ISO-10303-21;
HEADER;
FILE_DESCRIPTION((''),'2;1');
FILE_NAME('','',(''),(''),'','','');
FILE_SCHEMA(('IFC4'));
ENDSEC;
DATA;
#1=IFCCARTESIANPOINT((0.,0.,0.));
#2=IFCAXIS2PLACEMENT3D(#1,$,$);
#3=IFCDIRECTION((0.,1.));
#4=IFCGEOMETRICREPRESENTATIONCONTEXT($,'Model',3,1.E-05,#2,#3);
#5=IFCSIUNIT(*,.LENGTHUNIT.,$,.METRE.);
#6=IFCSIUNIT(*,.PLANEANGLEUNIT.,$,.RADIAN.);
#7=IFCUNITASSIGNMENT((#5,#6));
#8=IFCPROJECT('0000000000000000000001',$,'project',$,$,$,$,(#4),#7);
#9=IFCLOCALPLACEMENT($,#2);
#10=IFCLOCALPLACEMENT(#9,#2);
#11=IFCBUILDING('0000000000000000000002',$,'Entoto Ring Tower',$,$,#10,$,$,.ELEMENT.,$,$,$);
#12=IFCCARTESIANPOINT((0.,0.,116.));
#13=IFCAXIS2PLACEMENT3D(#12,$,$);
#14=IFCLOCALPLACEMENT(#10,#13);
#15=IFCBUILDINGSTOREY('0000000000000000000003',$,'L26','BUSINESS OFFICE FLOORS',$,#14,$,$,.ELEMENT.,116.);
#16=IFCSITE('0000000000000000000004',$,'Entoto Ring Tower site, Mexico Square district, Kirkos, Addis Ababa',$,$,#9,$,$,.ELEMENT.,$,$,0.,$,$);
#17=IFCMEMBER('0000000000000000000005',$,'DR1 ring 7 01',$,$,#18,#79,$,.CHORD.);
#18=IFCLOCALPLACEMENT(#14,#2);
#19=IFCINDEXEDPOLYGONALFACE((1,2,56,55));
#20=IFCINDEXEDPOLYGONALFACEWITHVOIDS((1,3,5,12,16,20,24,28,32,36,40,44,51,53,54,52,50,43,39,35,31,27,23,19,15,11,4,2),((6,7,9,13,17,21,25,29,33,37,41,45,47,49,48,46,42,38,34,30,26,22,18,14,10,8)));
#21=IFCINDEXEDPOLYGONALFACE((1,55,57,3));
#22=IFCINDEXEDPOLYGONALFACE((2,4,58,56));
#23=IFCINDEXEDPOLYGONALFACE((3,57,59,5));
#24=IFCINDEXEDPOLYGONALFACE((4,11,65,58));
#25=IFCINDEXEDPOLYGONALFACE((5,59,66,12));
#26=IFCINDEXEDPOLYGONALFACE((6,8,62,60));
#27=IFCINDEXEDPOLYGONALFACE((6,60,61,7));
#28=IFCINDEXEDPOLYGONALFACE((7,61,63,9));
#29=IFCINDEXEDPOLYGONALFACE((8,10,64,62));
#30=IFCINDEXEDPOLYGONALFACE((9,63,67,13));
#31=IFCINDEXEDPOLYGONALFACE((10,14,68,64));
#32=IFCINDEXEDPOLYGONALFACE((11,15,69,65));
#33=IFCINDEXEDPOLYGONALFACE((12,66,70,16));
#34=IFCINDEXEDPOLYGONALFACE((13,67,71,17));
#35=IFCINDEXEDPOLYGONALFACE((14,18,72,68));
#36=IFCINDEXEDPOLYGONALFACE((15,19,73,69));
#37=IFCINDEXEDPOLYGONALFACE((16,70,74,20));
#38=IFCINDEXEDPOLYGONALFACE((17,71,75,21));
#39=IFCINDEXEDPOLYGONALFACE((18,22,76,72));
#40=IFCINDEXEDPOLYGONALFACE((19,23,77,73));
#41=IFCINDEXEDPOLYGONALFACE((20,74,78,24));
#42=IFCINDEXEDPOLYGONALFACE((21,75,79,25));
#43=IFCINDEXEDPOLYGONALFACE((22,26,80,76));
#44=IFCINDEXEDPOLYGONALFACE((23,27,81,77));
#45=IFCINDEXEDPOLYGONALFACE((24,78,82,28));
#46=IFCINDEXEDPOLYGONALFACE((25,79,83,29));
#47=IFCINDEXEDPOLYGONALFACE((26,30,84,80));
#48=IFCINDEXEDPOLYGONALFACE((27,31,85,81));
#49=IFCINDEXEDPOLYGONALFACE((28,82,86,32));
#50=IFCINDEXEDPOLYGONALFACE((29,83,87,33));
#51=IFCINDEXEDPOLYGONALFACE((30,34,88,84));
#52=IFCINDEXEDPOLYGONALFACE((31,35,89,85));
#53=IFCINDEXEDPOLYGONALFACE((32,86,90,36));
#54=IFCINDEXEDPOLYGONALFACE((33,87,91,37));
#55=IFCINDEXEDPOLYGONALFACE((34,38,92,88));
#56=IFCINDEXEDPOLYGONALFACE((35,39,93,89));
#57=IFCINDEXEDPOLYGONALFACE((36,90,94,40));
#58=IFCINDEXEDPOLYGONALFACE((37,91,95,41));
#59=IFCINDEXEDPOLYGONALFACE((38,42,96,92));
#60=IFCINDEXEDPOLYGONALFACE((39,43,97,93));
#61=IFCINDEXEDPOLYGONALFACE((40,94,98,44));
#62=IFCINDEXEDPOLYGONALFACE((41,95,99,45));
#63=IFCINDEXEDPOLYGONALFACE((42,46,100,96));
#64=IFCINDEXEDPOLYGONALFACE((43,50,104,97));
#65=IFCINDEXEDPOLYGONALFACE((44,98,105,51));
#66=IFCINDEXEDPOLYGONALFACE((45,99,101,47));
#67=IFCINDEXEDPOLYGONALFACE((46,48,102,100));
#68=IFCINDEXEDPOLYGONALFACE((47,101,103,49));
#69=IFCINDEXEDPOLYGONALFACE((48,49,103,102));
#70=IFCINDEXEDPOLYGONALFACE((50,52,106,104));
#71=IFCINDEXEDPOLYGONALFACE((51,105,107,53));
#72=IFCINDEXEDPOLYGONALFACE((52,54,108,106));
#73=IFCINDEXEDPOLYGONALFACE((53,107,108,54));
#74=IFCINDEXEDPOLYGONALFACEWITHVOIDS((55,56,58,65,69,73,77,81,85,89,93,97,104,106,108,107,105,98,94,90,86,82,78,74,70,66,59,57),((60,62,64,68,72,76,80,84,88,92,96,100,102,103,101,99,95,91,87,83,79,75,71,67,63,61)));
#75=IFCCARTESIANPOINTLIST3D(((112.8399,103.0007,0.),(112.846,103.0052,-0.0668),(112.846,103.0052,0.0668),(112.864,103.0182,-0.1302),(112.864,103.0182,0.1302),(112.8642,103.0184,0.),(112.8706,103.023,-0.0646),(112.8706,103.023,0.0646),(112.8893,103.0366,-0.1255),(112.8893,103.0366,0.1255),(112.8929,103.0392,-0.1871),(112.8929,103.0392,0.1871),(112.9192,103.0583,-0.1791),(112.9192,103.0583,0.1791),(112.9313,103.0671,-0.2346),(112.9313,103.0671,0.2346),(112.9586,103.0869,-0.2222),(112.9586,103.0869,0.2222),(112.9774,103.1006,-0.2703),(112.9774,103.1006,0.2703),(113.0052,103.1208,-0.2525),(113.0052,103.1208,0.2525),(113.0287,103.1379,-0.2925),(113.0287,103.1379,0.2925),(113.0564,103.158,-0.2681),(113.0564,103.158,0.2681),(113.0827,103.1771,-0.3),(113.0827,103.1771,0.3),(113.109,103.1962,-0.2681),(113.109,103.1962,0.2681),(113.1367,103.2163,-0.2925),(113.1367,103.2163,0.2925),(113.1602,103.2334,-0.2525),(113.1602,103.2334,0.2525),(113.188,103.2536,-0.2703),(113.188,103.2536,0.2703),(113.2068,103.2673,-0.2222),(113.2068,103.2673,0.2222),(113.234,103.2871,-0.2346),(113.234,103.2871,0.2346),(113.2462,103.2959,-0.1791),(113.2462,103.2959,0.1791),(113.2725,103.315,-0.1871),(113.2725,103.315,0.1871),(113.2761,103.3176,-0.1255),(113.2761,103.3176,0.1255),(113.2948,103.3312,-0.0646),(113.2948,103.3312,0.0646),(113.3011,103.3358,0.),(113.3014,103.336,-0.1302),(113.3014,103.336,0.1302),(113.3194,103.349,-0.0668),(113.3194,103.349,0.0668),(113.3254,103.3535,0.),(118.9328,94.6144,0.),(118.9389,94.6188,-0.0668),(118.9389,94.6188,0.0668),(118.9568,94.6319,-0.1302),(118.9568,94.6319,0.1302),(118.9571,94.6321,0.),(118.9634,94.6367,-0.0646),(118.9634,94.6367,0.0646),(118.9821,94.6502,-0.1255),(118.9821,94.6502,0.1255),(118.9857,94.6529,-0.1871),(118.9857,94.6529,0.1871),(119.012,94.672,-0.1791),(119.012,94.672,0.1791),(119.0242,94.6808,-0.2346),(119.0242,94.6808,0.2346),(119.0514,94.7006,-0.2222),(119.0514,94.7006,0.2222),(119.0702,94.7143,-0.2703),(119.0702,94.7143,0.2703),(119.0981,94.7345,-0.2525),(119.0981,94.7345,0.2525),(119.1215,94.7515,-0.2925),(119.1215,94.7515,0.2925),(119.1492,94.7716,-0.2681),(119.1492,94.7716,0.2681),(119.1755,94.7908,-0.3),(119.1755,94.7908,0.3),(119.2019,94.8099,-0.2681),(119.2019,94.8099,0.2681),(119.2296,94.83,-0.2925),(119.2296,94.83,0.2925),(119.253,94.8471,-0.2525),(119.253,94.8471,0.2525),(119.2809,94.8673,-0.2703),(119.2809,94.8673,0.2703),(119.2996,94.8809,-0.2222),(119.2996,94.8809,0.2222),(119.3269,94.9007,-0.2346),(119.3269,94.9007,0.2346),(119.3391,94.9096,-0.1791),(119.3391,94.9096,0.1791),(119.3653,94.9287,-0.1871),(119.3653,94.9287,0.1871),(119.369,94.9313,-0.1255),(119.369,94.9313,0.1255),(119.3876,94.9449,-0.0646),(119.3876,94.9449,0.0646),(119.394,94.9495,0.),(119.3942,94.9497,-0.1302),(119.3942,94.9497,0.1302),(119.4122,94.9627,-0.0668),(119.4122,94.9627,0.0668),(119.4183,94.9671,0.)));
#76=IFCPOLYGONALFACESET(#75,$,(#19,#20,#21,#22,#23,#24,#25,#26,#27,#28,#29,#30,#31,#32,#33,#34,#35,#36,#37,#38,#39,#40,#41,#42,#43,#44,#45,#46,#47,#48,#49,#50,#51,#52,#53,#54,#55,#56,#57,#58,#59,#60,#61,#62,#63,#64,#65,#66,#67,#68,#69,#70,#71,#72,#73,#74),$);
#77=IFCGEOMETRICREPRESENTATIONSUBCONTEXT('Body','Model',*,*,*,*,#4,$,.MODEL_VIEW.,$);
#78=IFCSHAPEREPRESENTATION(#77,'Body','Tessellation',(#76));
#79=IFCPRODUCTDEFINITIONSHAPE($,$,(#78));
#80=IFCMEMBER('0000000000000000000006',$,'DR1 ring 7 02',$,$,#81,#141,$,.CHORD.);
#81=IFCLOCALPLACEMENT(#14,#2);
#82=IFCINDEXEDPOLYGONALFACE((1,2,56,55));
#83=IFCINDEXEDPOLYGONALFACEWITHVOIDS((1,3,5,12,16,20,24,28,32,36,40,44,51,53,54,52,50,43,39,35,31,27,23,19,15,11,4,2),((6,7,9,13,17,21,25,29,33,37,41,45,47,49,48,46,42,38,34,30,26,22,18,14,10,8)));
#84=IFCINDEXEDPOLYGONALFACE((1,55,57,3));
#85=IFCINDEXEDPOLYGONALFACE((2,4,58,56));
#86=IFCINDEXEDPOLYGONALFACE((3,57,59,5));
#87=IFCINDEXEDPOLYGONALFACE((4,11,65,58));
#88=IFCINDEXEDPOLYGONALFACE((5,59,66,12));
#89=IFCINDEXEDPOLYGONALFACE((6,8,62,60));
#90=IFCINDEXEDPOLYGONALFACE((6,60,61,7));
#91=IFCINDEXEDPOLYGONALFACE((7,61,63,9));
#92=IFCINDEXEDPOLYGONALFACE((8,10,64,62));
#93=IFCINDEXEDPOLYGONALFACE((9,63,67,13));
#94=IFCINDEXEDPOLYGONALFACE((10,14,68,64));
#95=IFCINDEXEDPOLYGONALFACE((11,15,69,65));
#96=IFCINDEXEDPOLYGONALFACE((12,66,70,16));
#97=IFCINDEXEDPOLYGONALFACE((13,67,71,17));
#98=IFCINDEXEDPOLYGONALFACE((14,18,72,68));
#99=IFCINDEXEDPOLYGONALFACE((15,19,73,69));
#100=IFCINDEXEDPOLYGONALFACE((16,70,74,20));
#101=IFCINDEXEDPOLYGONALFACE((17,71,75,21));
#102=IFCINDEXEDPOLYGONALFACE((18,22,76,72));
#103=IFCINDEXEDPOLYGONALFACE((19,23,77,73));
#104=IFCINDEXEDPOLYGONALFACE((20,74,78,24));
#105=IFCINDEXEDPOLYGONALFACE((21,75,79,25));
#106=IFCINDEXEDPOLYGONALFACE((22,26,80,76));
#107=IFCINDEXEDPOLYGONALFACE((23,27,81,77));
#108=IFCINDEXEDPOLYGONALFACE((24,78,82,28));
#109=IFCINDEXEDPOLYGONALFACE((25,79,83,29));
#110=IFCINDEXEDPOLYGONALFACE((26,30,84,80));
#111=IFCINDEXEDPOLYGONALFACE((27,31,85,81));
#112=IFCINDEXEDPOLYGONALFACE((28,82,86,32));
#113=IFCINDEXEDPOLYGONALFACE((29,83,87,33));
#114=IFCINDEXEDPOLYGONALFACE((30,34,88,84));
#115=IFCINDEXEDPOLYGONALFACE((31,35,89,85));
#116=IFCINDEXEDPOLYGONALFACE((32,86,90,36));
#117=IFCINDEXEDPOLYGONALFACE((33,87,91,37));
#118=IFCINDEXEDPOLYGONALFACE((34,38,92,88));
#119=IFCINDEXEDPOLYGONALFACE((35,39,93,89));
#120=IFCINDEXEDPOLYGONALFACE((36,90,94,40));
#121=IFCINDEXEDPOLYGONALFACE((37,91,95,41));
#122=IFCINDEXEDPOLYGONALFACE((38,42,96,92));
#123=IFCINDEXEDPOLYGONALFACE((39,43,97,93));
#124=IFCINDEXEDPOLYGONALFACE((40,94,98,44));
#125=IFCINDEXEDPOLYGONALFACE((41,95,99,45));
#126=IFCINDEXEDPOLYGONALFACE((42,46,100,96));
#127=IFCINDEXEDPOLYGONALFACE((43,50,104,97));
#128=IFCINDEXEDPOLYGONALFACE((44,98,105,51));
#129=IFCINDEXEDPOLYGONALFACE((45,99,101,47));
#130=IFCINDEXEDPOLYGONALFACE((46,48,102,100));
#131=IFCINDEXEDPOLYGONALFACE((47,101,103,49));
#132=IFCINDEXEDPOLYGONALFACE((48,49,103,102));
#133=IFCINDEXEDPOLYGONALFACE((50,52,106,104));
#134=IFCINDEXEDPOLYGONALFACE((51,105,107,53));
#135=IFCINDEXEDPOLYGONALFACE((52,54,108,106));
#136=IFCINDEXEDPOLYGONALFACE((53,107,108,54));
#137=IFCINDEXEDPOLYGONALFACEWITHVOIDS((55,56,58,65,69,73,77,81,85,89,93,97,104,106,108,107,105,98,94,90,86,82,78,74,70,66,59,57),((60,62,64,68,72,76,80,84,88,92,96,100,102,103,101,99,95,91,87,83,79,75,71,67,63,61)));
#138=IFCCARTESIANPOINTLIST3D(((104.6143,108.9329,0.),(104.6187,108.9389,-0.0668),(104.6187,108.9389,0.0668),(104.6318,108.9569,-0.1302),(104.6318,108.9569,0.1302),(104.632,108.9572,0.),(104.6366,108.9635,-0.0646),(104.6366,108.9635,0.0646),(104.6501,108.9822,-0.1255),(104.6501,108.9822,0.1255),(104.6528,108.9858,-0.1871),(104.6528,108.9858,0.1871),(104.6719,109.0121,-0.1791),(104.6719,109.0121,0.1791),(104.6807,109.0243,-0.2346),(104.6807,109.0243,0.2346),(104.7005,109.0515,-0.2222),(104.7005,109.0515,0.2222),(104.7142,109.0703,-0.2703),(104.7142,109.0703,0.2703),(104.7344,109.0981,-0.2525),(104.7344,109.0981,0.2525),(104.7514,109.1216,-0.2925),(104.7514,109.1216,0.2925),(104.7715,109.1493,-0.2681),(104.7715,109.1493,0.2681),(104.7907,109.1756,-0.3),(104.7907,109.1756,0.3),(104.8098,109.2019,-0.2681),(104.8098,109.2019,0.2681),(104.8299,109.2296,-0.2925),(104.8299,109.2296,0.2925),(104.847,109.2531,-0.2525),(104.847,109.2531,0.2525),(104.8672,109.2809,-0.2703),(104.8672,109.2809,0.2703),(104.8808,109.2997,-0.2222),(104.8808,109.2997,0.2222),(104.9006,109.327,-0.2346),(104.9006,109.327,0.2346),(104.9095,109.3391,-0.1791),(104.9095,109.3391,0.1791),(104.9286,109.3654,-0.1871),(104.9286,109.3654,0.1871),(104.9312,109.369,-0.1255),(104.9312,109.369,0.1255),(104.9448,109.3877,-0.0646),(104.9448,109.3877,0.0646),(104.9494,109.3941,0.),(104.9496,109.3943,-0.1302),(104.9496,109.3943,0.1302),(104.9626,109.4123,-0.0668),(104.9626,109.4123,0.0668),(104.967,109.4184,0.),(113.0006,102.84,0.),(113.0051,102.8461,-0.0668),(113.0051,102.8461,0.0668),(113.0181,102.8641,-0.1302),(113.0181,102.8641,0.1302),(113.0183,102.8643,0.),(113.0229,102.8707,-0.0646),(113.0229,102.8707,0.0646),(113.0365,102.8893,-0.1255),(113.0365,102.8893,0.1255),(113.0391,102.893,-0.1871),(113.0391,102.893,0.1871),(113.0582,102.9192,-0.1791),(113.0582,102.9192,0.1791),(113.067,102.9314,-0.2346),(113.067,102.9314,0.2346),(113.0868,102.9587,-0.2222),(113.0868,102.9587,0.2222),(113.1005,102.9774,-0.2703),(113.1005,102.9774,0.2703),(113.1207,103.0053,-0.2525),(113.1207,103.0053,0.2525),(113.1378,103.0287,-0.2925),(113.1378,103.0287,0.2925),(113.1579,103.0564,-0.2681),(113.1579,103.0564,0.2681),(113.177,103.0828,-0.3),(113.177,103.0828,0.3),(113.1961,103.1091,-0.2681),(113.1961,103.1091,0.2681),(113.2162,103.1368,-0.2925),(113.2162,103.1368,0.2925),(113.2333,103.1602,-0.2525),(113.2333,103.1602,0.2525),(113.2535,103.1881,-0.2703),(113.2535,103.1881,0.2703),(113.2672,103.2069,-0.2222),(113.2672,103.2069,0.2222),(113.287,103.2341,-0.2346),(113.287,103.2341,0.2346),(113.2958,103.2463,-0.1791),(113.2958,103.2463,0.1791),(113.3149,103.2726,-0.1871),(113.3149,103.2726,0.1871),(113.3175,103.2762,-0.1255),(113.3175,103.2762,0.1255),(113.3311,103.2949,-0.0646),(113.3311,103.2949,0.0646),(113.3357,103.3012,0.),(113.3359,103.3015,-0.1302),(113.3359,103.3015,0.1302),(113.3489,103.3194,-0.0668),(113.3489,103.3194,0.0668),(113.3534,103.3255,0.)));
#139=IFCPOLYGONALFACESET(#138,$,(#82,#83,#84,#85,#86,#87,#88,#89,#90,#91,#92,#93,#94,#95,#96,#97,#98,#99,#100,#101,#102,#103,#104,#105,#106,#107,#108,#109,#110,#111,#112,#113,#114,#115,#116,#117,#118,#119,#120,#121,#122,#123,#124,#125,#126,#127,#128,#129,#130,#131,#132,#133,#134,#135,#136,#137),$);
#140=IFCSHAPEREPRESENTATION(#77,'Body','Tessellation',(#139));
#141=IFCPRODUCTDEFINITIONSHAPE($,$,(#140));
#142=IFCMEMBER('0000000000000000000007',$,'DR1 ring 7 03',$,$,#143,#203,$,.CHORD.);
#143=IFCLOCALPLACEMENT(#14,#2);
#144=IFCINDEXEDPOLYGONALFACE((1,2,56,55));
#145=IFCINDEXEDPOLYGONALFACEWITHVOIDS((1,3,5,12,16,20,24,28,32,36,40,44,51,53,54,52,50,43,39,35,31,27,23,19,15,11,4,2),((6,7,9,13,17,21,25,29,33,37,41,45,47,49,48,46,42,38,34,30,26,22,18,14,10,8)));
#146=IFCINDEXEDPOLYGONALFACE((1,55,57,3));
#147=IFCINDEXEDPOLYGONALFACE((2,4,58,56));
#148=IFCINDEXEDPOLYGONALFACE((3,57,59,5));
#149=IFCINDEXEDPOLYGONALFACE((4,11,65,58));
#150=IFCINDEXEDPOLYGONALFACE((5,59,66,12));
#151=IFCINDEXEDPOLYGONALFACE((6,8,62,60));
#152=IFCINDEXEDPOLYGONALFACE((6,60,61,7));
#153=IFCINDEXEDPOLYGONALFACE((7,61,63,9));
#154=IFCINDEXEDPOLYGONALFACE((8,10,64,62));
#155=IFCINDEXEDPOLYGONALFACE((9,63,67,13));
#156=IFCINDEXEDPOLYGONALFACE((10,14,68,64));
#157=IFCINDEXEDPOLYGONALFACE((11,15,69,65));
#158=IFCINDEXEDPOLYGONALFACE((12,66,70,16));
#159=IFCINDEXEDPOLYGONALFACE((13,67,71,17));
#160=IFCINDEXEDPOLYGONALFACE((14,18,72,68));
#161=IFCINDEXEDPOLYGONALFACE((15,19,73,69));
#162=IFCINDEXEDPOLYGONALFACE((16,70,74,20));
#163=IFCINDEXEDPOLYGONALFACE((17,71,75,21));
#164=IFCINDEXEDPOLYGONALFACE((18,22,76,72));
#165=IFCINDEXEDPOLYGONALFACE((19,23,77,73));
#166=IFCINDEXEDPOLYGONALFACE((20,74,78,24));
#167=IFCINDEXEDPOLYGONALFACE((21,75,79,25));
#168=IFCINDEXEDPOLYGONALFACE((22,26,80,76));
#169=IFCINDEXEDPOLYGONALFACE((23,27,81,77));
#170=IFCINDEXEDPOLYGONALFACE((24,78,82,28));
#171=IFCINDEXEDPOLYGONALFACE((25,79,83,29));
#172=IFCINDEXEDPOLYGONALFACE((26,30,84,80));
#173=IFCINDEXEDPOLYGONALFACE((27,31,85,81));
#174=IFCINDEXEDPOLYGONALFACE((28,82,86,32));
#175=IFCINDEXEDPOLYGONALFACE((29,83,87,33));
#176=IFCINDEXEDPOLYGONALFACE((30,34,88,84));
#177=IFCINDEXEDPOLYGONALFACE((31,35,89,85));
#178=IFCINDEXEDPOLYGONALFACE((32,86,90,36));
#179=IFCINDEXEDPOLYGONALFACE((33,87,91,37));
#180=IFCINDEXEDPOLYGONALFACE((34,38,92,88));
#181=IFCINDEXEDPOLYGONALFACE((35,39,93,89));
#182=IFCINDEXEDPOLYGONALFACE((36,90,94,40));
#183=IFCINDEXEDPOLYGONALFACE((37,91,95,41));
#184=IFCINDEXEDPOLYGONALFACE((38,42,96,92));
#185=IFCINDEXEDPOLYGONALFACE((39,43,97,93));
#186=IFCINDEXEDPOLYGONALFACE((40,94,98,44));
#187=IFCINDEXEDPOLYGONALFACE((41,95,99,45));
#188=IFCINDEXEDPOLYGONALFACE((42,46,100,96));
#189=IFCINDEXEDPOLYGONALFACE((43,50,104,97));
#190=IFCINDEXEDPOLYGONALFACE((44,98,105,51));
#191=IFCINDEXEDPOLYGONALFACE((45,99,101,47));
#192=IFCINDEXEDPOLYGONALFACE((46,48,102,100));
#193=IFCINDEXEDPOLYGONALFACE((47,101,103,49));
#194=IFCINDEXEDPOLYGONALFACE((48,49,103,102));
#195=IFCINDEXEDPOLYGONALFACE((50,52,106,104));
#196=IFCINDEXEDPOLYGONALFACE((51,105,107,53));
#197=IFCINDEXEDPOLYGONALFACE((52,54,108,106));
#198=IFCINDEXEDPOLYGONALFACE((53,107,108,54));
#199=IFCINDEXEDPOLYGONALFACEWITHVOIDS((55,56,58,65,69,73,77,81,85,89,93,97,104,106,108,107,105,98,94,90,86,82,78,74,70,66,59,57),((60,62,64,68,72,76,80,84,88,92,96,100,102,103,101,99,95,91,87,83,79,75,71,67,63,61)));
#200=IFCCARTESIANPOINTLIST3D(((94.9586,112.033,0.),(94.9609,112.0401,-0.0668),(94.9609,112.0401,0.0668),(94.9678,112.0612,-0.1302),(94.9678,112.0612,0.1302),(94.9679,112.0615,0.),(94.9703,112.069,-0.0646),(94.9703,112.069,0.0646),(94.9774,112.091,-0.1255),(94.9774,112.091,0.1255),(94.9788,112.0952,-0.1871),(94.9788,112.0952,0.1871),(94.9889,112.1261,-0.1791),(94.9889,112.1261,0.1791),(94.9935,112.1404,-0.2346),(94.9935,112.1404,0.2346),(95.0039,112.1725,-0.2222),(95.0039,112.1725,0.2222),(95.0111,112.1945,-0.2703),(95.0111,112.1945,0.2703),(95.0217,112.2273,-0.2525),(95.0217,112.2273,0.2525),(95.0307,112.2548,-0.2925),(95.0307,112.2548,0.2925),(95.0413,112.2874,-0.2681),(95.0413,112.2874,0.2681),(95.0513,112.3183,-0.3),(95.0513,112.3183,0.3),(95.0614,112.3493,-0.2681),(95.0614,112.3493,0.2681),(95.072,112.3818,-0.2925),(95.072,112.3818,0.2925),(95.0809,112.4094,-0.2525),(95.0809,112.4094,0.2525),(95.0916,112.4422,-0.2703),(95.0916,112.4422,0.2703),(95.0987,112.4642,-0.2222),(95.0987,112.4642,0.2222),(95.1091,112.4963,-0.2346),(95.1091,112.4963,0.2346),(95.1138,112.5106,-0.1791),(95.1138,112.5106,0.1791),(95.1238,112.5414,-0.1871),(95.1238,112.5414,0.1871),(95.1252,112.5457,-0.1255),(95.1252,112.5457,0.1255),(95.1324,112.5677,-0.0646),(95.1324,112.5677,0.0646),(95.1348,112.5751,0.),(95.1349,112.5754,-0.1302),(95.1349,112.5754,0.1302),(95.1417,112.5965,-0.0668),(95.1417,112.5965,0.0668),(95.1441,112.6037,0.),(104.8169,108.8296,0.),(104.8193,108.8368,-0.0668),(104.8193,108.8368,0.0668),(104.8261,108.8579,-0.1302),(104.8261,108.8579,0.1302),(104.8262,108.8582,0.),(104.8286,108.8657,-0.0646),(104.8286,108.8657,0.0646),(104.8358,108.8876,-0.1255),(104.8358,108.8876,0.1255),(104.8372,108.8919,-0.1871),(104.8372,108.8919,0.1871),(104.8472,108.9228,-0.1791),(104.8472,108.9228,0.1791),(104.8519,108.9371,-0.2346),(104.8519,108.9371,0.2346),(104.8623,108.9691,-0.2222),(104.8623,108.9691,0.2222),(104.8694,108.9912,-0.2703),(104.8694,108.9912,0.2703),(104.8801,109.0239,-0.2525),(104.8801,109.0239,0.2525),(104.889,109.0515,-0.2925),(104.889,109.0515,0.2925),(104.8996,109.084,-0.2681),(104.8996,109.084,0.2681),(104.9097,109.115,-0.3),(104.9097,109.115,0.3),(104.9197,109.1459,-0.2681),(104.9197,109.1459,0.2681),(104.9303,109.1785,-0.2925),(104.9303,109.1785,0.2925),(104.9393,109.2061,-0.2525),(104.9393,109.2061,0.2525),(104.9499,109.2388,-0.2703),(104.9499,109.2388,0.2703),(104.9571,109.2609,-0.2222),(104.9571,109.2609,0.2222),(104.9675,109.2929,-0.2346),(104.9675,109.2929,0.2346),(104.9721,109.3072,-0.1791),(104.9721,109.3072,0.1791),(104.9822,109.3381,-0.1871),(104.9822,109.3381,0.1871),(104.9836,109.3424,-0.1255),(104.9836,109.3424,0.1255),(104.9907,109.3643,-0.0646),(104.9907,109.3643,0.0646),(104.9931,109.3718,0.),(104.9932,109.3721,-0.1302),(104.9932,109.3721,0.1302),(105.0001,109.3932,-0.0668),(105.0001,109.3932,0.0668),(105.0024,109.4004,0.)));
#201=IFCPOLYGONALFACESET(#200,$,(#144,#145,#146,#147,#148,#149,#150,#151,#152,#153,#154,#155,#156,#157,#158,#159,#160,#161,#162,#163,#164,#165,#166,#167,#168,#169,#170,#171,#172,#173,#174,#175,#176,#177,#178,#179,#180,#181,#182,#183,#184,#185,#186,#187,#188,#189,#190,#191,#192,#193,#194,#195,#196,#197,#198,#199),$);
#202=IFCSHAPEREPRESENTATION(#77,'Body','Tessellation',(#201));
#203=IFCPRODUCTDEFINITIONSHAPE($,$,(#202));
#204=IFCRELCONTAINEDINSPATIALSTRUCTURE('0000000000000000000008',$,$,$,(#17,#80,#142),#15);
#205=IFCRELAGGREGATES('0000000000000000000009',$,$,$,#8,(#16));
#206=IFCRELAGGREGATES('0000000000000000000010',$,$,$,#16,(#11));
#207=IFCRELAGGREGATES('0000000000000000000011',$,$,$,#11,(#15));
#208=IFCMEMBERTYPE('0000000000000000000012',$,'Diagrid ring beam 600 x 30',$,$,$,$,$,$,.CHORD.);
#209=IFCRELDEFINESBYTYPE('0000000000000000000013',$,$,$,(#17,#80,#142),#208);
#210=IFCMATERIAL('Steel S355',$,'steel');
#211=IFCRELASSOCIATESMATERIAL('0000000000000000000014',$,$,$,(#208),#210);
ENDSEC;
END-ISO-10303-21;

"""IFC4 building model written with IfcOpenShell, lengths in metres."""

from ifc_helpers import new_model, si_unit, direction, frame, origin, origin_2d, place, context, subcontext, project, spatial, circle, hollow_circle, extrude, material, material_profile, profile_set, type_object, element, save


model = new_model("IFC4")

# Units and contexts
model_context = context("Model", 3, precision=1e-05, world=origin(), true_north=direction((0.0, 1.0)))
body_context = subcontext(model_context, "Body", "Model", "MODEL_VIEW")
ifc_project = project(units=[si_unit("LENGTHUNIT", "METRE"), si_unit("PLANEANGLEUNIT", "RADIAN")], contexts=[model_context])

# Site, building, storey
site_placement = place(None, origin())
site = spatial("IfcSite", under=ifc_project, at=site_placement, Name="Entoto Ring Tower site, Mexico Square district, Kirkos, Addis Ababa", CompositionType="ELEMENT", RefElevation=0.0)
building_placement = place(site_placement, origin())
building = spatial("IfcBuilding", under=site, at=building_placement, Name="Entoto Ring Tower", CompositionType="ELEMENT")
storey_placement = place(building_placement, frame((0.0, 0.0, 116.0)))
storey = spatial("IfcBuildingStorey", under=building, at=storey_placement, Name="L26", Description="BUSINESS OFFICE FLOORS", CompositionType="ELEMENT", Elevation=116.0)

# Members
ifc_material_1 = material(Name="Steel S355", Category="steel")
ifc_material_profile_1 = material_profile(ifc_material_1, hollow_circle(Radius=0.3, WallThickness=0.03, at=origin_2d()), Name="CHS 600 x 30")
ifc_material_2 = material(Name="Concrete C60/75", Category="concrete")
ifc_material_profile_2 = material_profile(ifc_material_2, circle(Radius=0.27, at=origin_2d()), Name="Concrete C60/75 infill")
ifc_profile_set_1 = profile_set([ifc_material_profile_1, ifc_material_profile_2], Name="Steel S355")
member_type_1 = type_object("IfcMemberType", Name="Diagrid ring beam 600 x 30", PredefinedType="CHORD", material=ifc_profile_set_1)
for number, where, z_axis, x_axis, name in (
    (1, (119.1755, 94.7908, 0.0), (-0.587774, 0.809025, 0.0), (-0.809025, -0.587774, 0.0), "DR1 ring 7 01"),
    (2, (113.177, 103.0828, 0.0), (-0.809025, 0.587774, 0.0), (-0.587774, -0.809025, 0.0), "DR1 ring 7 02"),
):
    element("IfcMember", number, at=place(storey_placement, frame(where, z_axis=z_axis, x_axis=x_axis)), inside=storey, type_object=member_type_1, Name=name, PredefinedType="CHORD", context=body_context, shape_type="SweptSolid", body=[
        extrude(hollow_circle(Radius=0.3, WallThickness=0.03, at=origin_2d()), origin(), (0.0, 0.0, 1.0), 10.366),
    ])
for number, where, z_axis, x_axis, name in (
    (3, (104.9097, 109.115, 0.0), (-0.951051, 0.309033, 0.0), (-0.309033, -0.951051, 0.0), "DR1 ring 7 03"),
):
    element("IfcMember", number, at=place(storey_placement, frame(where, z_axis=z_axis, x_axis=x_axis)), inside=storey, type_object=member_type_1, Name=name, PredefinedType="CHORD", context=body_context, shape_type="SweptSolid", body=[
        extrude(hollow_circle(Radius=0.3, WallThickness=0.03, at=origin_2d()), origin(), (0.0, 0.0, 1.0), 10.3657),
    ])

save(model, "model.ifc")
